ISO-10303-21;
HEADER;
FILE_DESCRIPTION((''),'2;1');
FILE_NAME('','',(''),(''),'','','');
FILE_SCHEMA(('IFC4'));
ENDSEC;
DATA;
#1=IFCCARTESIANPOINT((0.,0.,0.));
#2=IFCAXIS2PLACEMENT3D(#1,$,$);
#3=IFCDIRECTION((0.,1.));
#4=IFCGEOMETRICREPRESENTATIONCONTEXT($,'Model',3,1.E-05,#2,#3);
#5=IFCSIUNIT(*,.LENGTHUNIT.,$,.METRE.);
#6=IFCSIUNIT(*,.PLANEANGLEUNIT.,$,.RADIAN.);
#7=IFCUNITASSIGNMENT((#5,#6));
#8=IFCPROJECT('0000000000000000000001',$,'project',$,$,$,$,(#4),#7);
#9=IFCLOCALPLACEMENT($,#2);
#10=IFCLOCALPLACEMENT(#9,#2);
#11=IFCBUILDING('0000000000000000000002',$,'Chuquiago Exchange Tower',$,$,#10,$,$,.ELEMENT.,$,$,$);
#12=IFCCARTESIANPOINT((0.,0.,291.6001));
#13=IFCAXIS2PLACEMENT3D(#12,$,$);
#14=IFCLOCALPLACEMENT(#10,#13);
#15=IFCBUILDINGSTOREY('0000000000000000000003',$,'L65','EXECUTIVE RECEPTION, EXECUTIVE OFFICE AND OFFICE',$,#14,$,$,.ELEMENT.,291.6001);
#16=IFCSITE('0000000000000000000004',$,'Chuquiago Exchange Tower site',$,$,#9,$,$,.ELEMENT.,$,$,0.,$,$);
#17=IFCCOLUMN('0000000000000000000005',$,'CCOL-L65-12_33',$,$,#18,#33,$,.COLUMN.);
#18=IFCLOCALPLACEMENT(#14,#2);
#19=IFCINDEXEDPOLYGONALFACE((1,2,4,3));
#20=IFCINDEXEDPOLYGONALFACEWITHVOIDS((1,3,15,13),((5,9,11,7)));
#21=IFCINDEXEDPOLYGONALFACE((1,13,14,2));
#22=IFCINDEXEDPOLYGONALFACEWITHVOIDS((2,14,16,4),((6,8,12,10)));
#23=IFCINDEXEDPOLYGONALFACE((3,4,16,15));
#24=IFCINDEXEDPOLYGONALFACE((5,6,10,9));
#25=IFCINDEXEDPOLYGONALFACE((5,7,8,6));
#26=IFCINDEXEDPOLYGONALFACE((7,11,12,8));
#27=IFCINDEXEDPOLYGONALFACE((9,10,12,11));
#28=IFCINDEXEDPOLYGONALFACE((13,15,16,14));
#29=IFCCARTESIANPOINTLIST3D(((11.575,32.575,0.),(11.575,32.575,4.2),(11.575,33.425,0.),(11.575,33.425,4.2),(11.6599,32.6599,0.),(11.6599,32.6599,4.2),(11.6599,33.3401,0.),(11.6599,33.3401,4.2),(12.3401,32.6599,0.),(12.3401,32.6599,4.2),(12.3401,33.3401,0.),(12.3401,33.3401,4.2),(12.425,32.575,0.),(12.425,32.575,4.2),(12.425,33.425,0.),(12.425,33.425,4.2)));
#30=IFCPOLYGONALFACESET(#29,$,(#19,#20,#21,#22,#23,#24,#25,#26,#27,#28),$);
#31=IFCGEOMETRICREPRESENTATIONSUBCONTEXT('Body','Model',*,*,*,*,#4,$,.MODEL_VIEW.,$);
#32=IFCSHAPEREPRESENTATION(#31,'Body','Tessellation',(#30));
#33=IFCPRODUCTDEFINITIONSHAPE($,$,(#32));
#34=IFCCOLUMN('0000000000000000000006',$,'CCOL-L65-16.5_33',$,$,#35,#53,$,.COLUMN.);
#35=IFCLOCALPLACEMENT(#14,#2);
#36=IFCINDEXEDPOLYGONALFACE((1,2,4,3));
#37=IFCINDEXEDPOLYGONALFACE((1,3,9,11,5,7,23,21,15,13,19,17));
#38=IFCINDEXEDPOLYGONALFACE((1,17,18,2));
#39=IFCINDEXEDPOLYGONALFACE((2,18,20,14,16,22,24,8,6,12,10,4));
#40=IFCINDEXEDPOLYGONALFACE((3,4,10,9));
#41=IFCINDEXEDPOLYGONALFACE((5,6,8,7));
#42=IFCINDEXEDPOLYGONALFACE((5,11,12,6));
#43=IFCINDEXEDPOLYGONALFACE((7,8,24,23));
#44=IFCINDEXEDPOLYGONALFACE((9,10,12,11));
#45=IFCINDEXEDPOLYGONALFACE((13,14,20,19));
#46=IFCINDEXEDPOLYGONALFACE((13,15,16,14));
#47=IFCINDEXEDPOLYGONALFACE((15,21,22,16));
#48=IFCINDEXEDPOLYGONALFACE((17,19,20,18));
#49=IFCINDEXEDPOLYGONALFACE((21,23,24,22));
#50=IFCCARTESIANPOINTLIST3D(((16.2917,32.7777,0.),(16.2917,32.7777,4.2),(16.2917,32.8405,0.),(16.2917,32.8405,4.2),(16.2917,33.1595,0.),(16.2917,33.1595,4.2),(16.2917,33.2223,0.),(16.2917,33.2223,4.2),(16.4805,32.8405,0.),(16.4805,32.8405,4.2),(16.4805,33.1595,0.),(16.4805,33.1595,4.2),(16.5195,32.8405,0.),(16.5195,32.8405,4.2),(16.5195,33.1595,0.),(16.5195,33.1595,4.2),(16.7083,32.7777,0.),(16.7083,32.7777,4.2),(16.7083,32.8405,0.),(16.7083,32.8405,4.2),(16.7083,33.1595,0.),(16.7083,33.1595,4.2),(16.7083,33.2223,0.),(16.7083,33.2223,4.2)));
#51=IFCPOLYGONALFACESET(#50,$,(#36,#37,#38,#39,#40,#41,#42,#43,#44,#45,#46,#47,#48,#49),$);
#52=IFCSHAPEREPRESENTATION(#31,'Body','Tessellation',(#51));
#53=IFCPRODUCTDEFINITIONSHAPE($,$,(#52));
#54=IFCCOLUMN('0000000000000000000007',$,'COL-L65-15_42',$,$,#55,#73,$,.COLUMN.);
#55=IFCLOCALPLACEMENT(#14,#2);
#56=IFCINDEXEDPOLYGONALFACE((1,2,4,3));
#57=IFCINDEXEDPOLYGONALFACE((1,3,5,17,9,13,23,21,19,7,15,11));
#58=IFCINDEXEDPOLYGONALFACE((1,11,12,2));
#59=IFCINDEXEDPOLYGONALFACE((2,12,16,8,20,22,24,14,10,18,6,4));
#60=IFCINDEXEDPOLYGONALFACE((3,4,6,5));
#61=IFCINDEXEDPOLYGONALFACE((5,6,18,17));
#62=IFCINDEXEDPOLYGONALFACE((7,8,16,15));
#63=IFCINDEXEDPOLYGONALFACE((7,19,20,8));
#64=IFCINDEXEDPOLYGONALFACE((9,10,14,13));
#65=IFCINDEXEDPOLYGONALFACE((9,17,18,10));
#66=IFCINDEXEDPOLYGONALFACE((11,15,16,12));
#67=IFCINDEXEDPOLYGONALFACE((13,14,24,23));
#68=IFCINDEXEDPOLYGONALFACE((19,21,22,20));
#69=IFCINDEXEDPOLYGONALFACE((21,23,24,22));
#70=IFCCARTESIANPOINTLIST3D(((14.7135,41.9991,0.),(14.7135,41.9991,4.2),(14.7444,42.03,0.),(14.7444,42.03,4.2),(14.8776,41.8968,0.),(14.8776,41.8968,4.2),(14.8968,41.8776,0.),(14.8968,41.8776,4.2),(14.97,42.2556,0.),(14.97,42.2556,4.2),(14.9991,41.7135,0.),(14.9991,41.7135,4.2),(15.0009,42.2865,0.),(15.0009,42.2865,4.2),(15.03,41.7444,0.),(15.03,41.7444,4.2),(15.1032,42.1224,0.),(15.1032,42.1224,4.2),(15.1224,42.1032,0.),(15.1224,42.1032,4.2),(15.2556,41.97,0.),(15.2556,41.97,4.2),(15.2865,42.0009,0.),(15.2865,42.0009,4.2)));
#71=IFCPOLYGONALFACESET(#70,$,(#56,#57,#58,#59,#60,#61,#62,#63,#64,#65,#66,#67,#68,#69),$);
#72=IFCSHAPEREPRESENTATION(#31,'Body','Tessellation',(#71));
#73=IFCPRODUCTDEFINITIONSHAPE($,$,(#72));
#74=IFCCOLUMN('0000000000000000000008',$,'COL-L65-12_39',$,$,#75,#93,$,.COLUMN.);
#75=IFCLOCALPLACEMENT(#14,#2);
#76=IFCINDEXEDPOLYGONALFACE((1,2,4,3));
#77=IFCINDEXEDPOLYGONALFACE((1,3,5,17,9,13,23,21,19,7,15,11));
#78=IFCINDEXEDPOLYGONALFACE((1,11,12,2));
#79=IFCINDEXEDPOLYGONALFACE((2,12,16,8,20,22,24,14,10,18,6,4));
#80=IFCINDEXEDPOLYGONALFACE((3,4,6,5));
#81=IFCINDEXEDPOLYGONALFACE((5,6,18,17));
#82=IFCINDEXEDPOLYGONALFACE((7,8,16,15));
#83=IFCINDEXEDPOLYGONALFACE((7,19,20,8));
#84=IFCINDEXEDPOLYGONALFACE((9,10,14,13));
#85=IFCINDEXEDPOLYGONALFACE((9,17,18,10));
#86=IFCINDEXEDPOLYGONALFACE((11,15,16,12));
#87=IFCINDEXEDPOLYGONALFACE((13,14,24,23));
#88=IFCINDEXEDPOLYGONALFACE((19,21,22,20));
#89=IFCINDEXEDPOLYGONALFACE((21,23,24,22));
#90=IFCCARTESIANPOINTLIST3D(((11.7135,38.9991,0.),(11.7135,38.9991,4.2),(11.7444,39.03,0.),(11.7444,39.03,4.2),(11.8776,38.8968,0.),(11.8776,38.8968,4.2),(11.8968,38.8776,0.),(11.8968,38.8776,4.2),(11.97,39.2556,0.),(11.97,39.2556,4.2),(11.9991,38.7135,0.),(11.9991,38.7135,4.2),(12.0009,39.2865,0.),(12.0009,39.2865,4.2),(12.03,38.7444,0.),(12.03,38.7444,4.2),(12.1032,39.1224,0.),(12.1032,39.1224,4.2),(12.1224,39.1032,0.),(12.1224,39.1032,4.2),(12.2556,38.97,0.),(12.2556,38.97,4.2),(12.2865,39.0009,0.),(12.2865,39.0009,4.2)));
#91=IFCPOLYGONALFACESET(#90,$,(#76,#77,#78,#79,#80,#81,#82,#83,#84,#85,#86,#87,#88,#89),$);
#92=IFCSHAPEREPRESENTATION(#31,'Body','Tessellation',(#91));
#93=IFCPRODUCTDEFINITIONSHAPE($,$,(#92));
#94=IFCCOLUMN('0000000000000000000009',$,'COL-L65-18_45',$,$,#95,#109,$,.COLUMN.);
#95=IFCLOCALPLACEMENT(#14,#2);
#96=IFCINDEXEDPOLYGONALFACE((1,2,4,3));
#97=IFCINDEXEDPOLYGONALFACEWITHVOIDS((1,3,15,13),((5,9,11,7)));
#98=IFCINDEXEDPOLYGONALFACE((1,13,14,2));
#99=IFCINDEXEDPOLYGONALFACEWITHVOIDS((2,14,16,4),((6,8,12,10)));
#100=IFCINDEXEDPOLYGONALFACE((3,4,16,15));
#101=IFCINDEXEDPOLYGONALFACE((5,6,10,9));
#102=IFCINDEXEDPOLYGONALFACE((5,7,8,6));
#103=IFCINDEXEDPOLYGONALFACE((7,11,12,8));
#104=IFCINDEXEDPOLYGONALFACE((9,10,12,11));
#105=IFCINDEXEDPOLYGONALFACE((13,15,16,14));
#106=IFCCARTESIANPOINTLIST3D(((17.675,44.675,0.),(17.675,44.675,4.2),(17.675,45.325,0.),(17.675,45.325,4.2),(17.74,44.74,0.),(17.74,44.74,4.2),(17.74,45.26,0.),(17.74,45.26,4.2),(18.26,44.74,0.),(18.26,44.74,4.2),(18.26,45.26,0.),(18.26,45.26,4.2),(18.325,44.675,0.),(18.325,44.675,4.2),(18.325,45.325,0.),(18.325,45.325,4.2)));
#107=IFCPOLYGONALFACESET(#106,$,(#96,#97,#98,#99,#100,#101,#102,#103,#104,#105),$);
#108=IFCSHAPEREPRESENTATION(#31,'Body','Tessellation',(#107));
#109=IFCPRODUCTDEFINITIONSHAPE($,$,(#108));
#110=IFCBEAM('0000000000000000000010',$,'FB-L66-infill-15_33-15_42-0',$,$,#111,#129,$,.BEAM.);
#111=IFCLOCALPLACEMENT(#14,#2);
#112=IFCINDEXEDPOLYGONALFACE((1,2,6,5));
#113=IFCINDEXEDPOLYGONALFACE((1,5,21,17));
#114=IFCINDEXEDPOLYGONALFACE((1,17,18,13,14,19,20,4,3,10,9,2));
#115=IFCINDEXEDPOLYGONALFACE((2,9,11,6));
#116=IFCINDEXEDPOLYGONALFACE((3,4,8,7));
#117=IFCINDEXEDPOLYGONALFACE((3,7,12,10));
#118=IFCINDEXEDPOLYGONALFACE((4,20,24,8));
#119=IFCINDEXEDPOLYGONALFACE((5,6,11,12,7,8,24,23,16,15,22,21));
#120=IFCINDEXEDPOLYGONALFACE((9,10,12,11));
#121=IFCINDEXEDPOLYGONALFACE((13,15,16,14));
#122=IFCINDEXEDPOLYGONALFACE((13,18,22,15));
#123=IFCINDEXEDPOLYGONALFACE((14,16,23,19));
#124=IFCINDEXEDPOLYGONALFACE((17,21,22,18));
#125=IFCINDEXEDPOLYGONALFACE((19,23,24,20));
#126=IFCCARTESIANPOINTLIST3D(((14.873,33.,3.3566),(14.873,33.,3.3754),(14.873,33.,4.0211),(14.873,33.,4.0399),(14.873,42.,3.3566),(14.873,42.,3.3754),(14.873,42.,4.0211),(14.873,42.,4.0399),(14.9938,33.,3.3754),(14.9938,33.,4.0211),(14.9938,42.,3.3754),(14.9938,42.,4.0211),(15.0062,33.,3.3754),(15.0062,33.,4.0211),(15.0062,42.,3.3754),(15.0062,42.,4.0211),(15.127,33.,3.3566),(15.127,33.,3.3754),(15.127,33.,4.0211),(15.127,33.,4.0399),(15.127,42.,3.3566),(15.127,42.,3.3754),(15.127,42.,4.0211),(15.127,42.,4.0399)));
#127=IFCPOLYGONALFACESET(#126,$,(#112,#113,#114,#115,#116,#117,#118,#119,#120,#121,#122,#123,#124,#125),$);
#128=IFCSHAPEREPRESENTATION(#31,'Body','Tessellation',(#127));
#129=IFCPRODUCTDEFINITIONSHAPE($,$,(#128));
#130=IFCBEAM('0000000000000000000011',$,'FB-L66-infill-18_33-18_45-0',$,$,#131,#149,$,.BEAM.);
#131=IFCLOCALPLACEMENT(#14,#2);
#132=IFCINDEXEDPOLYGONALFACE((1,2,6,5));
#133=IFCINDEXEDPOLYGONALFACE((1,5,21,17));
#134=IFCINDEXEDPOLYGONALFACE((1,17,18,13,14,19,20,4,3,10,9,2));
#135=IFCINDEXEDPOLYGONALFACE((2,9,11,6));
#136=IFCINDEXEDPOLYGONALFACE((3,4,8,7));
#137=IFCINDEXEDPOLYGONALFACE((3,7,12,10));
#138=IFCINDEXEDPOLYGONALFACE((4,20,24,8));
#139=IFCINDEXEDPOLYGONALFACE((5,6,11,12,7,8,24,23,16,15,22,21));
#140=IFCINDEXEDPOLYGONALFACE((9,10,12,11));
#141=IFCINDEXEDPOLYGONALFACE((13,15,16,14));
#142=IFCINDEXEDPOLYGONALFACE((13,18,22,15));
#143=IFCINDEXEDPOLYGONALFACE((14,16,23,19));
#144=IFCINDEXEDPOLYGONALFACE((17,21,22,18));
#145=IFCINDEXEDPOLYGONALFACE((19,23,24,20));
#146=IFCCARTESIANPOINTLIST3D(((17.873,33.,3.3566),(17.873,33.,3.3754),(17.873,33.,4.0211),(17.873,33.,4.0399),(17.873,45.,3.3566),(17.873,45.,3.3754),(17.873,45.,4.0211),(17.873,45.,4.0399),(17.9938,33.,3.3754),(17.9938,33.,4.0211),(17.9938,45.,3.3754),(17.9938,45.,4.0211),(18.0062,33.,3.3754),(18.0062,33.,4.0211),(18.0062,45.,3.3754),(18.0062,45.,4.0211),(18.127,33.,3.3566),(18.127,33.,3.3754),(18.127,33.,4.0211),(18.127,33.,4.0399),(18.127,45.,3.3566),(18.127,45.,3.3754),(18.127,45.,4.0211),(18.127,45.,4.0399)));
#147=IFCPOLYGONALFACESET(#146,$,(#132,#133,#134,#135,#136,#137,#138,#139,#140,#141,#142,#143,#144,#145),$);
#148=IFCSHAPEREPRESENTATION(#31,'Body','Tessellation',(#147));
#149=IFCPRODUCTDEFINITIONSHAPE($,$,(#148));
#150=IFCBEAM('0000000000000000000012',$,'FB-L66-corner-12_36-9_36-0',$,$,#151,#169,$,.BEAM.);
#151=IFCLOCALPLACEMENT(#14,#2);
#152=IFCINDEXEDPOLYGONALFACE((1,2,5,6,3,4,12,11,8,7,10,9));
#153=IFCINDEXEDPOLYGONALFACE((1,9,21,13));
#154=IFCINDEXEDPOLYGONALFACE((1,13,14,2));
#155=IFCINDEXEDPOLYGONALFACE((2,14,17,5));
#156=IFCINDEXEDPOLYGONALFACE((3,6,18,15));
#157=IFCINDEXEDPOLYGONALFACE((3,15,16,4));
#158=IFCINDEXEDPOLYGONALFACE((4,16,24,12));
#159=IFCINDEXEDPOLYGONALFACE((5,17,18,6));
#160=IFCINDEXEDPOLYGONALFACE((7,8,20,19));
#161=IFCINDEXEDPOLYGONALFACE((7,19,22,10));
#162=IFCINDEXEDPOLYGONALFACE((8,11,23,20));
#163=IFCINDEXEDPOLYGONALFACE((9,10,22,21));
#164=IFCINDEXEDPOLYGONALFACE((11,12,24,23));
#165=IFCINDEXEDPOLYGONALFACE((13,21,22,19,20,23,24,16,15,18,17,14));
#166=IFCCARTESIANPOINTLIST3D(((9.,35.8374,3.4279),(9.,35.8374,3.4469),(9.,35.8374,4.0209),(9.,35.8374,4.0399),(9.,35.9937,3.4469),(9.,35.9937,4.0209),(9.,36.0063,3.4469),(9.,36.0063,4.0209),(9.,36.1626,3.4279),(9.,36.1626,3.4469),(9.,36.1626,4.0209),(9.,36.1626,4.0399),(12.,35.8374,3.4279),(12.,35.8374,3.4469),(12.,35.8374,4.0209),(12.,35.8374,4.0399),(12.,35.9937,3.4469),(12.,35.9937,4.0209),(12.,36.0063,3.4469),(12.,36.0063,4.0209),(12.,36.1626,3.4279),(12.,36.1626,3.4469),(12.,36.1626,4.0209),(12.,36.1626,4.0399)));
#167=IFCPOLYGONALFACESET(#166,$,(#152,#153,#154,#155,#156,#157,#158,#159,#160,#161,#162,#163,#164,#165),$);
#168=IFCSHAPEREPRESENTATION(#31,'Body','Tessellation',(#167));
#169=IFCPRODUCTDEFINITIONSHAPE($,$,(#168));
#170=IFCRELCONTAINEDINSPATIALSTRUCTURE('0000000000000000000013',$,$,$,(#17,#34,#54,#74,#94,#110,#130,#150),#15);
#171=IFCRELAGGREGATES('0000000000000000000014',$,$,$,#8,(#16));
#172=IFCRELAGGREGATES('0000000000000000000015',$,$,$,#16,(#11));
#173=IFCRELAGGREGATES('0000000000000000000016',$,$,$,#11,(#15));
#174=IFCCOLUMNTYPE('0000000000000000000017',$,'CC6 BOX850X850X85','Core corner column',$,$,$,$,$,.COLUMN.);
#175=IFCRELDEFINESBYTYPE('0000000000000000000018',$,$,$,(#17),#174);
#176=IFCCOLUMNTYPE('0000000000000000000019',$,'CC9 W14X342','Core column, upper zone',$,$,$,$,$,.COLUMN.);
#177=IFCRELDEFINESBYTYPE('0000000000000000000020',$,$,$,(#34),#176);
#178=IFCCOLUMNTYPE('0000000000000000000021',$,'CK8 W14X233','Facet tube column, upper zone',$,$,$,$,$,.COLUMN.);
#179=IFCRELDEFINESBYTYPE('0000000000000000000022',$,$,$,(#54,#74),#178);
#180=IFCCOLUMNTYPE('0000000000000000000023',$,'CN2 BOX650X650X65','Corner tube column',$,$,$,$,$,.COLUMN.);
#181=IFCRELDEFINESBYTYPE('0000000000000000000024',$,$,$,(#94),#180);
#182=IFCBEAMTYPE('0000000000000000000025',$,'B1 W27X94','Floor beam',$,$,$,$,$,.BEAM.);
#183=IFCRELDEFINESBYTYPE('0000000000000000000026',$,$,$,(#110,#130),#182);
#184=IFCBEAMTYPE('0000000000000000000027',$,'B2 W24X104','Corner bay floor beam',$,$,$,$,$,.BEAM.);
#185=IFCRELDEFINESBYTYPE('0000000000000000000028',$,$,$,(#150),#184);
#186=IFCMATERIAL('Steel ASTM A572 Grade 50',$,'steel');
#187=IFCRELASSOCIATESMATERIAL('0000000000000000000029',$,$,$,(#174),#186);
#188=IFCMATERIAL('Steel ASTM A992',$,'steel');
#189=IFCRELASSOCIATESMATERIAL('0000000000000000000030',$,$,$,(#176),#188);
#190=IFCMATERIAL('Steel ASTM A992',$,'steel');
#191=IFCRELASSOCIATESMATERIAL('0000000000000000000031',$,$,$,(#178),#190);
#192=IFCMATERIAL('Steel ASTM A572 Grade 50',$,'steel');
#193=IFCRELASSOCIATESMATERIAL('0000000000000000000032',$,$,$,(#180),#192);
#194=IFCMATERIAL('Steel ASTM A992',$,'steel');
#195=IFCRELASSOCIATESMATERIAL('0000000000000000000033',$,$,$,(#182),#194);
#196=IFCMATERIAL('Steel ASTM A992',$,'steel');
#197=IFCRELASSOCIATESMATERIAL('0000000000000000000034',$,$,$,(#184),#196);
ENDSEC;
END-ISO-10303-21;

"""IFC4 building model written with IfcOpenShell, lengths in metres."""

from ifc_helpers import new_model, si_unit, direction, frame, origin, origin_2d, place, context, subcontext, project, spatial, hollow_rectangle, i_section, extrude, material, material_profile, profile_set, type_object, element, save


model = new_model("IFC4")

# Units and contexts
model_context = context("Model", 3, precision=1e-05, world=origin(), true_north=direction((0.0, 1.0)))
body_context = subcontext(model_context, "Body", "Model", "MODEL_VIEW")
ifc_project = project(units=[si_unit("LENGTHUNIT", "METRE"), si_unit("PLANEANGLEUNIT", "RADIAN")], contexts=[model_context])

# Site, building, storey
site_placement = place(None, origin())
site = spatial("IfcSite", under=ifc_project, at=site_placement, Name="Chuquiago Exchange Tower site", CompositionType="ELEMENT", RefElevation=0.0)
building_placement = place(site_placement, origin())
building = spatial("IfcBuilding", under=site, at=building_placement, Name="Chuquiago Exchange Tower", CompositionType="ELEMENT")
storey_placement = place(building_placement, frame((0.0, 0.0, 291.6001)))
storey = spatial("IfcBuildingStorey", under=building, at=storey_placement, Name="L65", Description="EXECUTIVE RECEPTION, EXECUTIVE OFFICE AND OFFICE", CompositionType="ELEMENT", Elevation=291.6001)

# Columns
ifc_material_1 = material(Name="Steel ASTM A572 Grade 50", Category="steel")
ifc_material_profile_1 = material_profile(ifc_material_1, hollow_rectangle(XDim=0.8501, YDim=0.8501, WallThickness=0.085, at=origin_2d()), Name="BOX850X850X85")
ifc_profile_set_1 = profile_set([ifc_material_profile_1], Name="Steel ASTM A572 Grade 50")
column_type_1 = type_object("IfcColumnType", Name="CC6 BOX850X850X85", Description="Core corner column", PredefinedType="COLUMN", material=ifc_profile_set_1)
column_1_placement = place(storey_placement, frame((12.0, 33.0, 0.0), z_axis=(0.0, 0.0, 1.0), x_axis=(1.0, 0.0, 0.0)))
element("IfcColumn", 1, at=column_1_placement, inside=storey, type_object=column_type_1, Name="CCOL-L65-12_33", PredefinedType="COLUMN", context=body_context, shape_type="SweptSolid", body=[
    extrude(hollow_rectangle(XDim=0.8501, YDim=0.8501, WallThickness=0.085, at=origin_2d()), origin(), (0.0, 0.0, 1.0), 4.2),
])
ifc_material_2 = material(Name="Steel ASTM A992", Category="steel")
ifc_material_profile_2 = material_profile(ifc_material_2, i_section(OverallWidth=0.4165, OverallDepth=0.4446, WebThickness=0.0391, FlangeThickness=0.0627, at=origin_2d()), Name="W14X342")
ifc_profile_set_2 = profile_set([ifc_material_profile_2], Name="Steel ASTM A992")
column_type_2 = type_object("IfcColumnType", Name="CC9 W14X342", Description="Core column, upper zone", PredefinedType="COLUMN", material=ifc_profile_set_2)
column_2_placement = place(storey_placement, frame((16.5, 33.0, 0.0), z_axis=(0.0, 0.0, 1.0), x_axis=(1.0, 0.0, 0.0)))
element("IfcColumn", 2, at=column_2_placement, inside=storey, type_object=column_type_2, Name="CCOL-L65-16.5_33", PredefinedType="COLUMN", context=body_context, shape_type="SweptSolid", body=[
    extrude(i_section(OverallWidth=0.4165, OverallDepth=0.4446, WebThickness=0.0391, FlangeThickness=0.0627, at=origin_2d()), origin(), (0.0, 0.0, 1.0), 4.2),
])
ifc_material_3 = material(Name="Steel ASTM A992", Category="steel")
ifc_material_profile_3 = material_profile(ifc_material_3, i_section(OverallWidth=0.4038, OverallDepth=0.4065, WebThickness=0.0271, FlangeThickness=0.0437, at=origin_2d()), Name="W14X233")
ifc_profile_set_3 = profile_set([ifc_material_profile_3], Name="Steel ASTM A992")
column_type_3 = type_object("IfcColumnType", Name="CK8 W14X233", Description="Facet tube column, upper zone", PredefinedType="COLUMN", material=ifc_profile_set_3)
for number, where, z_axis, x_axis, name in (
    (3, (15.0, 42.0, 0.0), (0.0, 0.0, 1.0), (-0.707107, 0.707107, 0.0), "COL-L65-15_42"),
    (4, (12.0, 39.0, 0.0), (0.0, 0.0, 1.0), (-0.707107, 0.707107, 0.0), "COL-L65-12_39"),
):
    element("IfcColumn", number, at=place(storey_placement, frame(where, z_axis=z_axis, x_axis=x_axis)), inside=storey, type_object=column_type_3, Name=name, PredefinedType="COLUMN", context=body_context, shape_type="SweptSolid", body=[
        extrude(i_section(OverallWidth=0.4038, OverallDepth=0.4065, WebThickness=0.0271, FlangeThickness=0.0437, at=origin_2d()), origin(), (0.0, 0.0, 1.0), 4.2),
    ])
ifc_material_4 = material(Name="Steel ASTM A572 Grade 50", Category="steel")
ifc_material_profile_4 = material_profile(ifc_material_4, hollow_rectangle(XDim=0.6499, YDim=0.6499, WallThickness=0.0649, at=origin_2d()), Name="BOX650X650X65")
ifc_profile_set_4 = profile_set([ifc_material_profile_4], Name="Steel ASTM A572 Grade 50")
column_type_4 = type_object("IfcColumnType", Name="CN2 BOX650X650X65", Description="Corner tube column", PredefinedType="COLUMN", material=ifc_profile_set_4)
column_3_placement = place(storey_placement, frame((18.0, 45.0, 0.0), z_axis=(0.0, 0.0, 1.0), x_axis=(0.0, 1.0, 0.0)))
element("IfcColumn", 5, at=column_3_placement, inside=storey, type_object=column_type_4, Name="COL-L65-18_45", PredefinedType="COLUMN", context=body_context, shape_type="SweptSolid", body=[
    extrude(hollow_rectangle(XDim=0.6499, YDim=0.6499, WallThickness=0.0649, at=origin_2d()), origin(), (0.0, 0.0, 1.0), 4.2),
])

# Beams
ifc_material_5 = material(Name="Steel ASTM A992", Category="steel")
ifc_material_profile_5 = material_profile(ifc_material_5, i_section(OverallWidth=0.2539, OverallDepth=0.6833, WebThickness=0.0125, FlangeThickness=0.0188, at=origin_2d()), Name="W27X94")
ifc_profile_set_5 = profile_set([ifc_material_profile_5], Name="Steel ASTM A992")
beam_type_1 = type_object("IfcBeamType", Name="B1 W27X94", Description="Floor beam", PredefinedType="BEAM", material=ifc_profile_set_5)
beam_1_placement = place(storey_placement, frame((15.0, 33.0, 3.6982), z_axis=(0.0, 1.0, 0.0), x_axis=(-1.0, 0.0, 0.0)))
element("IfcBeam", 6, at=beam_1_placement, inside=storey, type_object=beam_type_1, Name="FB-L66-infill-15_33-15_42-0", PredefinedType="BEAM", context=body_context, shape_type="SweptSolid", body=[
    extrude(i_section(OverallWidth=0.2539, OverallDepth=0.6833, WebThickness=0.0125, FlangeThickness=0.0188, at=origin_2d()), origin(), (0.0, 0.0, 1.0), 9.0),
])
beam_2_placement = place(storey_placement, frame((18.0, 33.0, 3.6982), z_axis=(0.0, 1.0, 0.0), x_axis=(-1.0, 0.0, 0.0)))
element("IfcBeam", 7, at=beam_2_placement, inside=storey, type_object=beam_type_1, Name="FB-L66-infill-18_33-18_45-0", PredefinedType="BEAM", context=body_context, shape_type="SweptSolid", body=[
    extrude(i_section(OverallWidth=0.2539, OverallDepth=0.6833, WebThickness=0.0125, FlangeThickness=0.0188, at=origin_2d()), origin(), (0.0, 0.0, 1.0), 12.0),
])
ifc_material_6 = material(Name="Steel ASTM A992", Category="steel")
ifc_material_profile_6 = material_profile(ifc_material_6, i_section(OverallWidth=0.3252, OverallDepth=0.6121, WebThickness=0.0127, FlangeThickness=0.019, at=origin_2d()), Name="W24X104")
ifc_profile_set_6 = profile_set([ifc_material_profile_6], Name="Steel ASTM A992")
beam_type_2 = type_object("IfcBeamType", Name="B2 W24X104", Description="Corner bay floor beam", PredefinedType="BEAM", material=ifc_profile_set_6)
beam_3_placement = place(storey_placement, frame((12.0, 36.0, 3.7339), z_axis=(-1.0, 0.0, 0.0), x_axis=(0.0, -1.0, 0.0)))
element("IfcBeam", 8, at=beam_3_placement, inside=storey, type_object=beam_type_2, Name="FB-L66-corner-12_36-9_36-0", PredefinedType="BEAM", context=body_context, shape_type="SweptSolid", body=[
    extrude(i_section(OverallWidth=0.3252, OverallDepth=0.6121, WebThickness=0.0127, FlangeThickness=0.019, at=origin_2d()), origin(), (0.0, 0.0, 1.0), 3.0),
])

save(model, "model.ifc")
